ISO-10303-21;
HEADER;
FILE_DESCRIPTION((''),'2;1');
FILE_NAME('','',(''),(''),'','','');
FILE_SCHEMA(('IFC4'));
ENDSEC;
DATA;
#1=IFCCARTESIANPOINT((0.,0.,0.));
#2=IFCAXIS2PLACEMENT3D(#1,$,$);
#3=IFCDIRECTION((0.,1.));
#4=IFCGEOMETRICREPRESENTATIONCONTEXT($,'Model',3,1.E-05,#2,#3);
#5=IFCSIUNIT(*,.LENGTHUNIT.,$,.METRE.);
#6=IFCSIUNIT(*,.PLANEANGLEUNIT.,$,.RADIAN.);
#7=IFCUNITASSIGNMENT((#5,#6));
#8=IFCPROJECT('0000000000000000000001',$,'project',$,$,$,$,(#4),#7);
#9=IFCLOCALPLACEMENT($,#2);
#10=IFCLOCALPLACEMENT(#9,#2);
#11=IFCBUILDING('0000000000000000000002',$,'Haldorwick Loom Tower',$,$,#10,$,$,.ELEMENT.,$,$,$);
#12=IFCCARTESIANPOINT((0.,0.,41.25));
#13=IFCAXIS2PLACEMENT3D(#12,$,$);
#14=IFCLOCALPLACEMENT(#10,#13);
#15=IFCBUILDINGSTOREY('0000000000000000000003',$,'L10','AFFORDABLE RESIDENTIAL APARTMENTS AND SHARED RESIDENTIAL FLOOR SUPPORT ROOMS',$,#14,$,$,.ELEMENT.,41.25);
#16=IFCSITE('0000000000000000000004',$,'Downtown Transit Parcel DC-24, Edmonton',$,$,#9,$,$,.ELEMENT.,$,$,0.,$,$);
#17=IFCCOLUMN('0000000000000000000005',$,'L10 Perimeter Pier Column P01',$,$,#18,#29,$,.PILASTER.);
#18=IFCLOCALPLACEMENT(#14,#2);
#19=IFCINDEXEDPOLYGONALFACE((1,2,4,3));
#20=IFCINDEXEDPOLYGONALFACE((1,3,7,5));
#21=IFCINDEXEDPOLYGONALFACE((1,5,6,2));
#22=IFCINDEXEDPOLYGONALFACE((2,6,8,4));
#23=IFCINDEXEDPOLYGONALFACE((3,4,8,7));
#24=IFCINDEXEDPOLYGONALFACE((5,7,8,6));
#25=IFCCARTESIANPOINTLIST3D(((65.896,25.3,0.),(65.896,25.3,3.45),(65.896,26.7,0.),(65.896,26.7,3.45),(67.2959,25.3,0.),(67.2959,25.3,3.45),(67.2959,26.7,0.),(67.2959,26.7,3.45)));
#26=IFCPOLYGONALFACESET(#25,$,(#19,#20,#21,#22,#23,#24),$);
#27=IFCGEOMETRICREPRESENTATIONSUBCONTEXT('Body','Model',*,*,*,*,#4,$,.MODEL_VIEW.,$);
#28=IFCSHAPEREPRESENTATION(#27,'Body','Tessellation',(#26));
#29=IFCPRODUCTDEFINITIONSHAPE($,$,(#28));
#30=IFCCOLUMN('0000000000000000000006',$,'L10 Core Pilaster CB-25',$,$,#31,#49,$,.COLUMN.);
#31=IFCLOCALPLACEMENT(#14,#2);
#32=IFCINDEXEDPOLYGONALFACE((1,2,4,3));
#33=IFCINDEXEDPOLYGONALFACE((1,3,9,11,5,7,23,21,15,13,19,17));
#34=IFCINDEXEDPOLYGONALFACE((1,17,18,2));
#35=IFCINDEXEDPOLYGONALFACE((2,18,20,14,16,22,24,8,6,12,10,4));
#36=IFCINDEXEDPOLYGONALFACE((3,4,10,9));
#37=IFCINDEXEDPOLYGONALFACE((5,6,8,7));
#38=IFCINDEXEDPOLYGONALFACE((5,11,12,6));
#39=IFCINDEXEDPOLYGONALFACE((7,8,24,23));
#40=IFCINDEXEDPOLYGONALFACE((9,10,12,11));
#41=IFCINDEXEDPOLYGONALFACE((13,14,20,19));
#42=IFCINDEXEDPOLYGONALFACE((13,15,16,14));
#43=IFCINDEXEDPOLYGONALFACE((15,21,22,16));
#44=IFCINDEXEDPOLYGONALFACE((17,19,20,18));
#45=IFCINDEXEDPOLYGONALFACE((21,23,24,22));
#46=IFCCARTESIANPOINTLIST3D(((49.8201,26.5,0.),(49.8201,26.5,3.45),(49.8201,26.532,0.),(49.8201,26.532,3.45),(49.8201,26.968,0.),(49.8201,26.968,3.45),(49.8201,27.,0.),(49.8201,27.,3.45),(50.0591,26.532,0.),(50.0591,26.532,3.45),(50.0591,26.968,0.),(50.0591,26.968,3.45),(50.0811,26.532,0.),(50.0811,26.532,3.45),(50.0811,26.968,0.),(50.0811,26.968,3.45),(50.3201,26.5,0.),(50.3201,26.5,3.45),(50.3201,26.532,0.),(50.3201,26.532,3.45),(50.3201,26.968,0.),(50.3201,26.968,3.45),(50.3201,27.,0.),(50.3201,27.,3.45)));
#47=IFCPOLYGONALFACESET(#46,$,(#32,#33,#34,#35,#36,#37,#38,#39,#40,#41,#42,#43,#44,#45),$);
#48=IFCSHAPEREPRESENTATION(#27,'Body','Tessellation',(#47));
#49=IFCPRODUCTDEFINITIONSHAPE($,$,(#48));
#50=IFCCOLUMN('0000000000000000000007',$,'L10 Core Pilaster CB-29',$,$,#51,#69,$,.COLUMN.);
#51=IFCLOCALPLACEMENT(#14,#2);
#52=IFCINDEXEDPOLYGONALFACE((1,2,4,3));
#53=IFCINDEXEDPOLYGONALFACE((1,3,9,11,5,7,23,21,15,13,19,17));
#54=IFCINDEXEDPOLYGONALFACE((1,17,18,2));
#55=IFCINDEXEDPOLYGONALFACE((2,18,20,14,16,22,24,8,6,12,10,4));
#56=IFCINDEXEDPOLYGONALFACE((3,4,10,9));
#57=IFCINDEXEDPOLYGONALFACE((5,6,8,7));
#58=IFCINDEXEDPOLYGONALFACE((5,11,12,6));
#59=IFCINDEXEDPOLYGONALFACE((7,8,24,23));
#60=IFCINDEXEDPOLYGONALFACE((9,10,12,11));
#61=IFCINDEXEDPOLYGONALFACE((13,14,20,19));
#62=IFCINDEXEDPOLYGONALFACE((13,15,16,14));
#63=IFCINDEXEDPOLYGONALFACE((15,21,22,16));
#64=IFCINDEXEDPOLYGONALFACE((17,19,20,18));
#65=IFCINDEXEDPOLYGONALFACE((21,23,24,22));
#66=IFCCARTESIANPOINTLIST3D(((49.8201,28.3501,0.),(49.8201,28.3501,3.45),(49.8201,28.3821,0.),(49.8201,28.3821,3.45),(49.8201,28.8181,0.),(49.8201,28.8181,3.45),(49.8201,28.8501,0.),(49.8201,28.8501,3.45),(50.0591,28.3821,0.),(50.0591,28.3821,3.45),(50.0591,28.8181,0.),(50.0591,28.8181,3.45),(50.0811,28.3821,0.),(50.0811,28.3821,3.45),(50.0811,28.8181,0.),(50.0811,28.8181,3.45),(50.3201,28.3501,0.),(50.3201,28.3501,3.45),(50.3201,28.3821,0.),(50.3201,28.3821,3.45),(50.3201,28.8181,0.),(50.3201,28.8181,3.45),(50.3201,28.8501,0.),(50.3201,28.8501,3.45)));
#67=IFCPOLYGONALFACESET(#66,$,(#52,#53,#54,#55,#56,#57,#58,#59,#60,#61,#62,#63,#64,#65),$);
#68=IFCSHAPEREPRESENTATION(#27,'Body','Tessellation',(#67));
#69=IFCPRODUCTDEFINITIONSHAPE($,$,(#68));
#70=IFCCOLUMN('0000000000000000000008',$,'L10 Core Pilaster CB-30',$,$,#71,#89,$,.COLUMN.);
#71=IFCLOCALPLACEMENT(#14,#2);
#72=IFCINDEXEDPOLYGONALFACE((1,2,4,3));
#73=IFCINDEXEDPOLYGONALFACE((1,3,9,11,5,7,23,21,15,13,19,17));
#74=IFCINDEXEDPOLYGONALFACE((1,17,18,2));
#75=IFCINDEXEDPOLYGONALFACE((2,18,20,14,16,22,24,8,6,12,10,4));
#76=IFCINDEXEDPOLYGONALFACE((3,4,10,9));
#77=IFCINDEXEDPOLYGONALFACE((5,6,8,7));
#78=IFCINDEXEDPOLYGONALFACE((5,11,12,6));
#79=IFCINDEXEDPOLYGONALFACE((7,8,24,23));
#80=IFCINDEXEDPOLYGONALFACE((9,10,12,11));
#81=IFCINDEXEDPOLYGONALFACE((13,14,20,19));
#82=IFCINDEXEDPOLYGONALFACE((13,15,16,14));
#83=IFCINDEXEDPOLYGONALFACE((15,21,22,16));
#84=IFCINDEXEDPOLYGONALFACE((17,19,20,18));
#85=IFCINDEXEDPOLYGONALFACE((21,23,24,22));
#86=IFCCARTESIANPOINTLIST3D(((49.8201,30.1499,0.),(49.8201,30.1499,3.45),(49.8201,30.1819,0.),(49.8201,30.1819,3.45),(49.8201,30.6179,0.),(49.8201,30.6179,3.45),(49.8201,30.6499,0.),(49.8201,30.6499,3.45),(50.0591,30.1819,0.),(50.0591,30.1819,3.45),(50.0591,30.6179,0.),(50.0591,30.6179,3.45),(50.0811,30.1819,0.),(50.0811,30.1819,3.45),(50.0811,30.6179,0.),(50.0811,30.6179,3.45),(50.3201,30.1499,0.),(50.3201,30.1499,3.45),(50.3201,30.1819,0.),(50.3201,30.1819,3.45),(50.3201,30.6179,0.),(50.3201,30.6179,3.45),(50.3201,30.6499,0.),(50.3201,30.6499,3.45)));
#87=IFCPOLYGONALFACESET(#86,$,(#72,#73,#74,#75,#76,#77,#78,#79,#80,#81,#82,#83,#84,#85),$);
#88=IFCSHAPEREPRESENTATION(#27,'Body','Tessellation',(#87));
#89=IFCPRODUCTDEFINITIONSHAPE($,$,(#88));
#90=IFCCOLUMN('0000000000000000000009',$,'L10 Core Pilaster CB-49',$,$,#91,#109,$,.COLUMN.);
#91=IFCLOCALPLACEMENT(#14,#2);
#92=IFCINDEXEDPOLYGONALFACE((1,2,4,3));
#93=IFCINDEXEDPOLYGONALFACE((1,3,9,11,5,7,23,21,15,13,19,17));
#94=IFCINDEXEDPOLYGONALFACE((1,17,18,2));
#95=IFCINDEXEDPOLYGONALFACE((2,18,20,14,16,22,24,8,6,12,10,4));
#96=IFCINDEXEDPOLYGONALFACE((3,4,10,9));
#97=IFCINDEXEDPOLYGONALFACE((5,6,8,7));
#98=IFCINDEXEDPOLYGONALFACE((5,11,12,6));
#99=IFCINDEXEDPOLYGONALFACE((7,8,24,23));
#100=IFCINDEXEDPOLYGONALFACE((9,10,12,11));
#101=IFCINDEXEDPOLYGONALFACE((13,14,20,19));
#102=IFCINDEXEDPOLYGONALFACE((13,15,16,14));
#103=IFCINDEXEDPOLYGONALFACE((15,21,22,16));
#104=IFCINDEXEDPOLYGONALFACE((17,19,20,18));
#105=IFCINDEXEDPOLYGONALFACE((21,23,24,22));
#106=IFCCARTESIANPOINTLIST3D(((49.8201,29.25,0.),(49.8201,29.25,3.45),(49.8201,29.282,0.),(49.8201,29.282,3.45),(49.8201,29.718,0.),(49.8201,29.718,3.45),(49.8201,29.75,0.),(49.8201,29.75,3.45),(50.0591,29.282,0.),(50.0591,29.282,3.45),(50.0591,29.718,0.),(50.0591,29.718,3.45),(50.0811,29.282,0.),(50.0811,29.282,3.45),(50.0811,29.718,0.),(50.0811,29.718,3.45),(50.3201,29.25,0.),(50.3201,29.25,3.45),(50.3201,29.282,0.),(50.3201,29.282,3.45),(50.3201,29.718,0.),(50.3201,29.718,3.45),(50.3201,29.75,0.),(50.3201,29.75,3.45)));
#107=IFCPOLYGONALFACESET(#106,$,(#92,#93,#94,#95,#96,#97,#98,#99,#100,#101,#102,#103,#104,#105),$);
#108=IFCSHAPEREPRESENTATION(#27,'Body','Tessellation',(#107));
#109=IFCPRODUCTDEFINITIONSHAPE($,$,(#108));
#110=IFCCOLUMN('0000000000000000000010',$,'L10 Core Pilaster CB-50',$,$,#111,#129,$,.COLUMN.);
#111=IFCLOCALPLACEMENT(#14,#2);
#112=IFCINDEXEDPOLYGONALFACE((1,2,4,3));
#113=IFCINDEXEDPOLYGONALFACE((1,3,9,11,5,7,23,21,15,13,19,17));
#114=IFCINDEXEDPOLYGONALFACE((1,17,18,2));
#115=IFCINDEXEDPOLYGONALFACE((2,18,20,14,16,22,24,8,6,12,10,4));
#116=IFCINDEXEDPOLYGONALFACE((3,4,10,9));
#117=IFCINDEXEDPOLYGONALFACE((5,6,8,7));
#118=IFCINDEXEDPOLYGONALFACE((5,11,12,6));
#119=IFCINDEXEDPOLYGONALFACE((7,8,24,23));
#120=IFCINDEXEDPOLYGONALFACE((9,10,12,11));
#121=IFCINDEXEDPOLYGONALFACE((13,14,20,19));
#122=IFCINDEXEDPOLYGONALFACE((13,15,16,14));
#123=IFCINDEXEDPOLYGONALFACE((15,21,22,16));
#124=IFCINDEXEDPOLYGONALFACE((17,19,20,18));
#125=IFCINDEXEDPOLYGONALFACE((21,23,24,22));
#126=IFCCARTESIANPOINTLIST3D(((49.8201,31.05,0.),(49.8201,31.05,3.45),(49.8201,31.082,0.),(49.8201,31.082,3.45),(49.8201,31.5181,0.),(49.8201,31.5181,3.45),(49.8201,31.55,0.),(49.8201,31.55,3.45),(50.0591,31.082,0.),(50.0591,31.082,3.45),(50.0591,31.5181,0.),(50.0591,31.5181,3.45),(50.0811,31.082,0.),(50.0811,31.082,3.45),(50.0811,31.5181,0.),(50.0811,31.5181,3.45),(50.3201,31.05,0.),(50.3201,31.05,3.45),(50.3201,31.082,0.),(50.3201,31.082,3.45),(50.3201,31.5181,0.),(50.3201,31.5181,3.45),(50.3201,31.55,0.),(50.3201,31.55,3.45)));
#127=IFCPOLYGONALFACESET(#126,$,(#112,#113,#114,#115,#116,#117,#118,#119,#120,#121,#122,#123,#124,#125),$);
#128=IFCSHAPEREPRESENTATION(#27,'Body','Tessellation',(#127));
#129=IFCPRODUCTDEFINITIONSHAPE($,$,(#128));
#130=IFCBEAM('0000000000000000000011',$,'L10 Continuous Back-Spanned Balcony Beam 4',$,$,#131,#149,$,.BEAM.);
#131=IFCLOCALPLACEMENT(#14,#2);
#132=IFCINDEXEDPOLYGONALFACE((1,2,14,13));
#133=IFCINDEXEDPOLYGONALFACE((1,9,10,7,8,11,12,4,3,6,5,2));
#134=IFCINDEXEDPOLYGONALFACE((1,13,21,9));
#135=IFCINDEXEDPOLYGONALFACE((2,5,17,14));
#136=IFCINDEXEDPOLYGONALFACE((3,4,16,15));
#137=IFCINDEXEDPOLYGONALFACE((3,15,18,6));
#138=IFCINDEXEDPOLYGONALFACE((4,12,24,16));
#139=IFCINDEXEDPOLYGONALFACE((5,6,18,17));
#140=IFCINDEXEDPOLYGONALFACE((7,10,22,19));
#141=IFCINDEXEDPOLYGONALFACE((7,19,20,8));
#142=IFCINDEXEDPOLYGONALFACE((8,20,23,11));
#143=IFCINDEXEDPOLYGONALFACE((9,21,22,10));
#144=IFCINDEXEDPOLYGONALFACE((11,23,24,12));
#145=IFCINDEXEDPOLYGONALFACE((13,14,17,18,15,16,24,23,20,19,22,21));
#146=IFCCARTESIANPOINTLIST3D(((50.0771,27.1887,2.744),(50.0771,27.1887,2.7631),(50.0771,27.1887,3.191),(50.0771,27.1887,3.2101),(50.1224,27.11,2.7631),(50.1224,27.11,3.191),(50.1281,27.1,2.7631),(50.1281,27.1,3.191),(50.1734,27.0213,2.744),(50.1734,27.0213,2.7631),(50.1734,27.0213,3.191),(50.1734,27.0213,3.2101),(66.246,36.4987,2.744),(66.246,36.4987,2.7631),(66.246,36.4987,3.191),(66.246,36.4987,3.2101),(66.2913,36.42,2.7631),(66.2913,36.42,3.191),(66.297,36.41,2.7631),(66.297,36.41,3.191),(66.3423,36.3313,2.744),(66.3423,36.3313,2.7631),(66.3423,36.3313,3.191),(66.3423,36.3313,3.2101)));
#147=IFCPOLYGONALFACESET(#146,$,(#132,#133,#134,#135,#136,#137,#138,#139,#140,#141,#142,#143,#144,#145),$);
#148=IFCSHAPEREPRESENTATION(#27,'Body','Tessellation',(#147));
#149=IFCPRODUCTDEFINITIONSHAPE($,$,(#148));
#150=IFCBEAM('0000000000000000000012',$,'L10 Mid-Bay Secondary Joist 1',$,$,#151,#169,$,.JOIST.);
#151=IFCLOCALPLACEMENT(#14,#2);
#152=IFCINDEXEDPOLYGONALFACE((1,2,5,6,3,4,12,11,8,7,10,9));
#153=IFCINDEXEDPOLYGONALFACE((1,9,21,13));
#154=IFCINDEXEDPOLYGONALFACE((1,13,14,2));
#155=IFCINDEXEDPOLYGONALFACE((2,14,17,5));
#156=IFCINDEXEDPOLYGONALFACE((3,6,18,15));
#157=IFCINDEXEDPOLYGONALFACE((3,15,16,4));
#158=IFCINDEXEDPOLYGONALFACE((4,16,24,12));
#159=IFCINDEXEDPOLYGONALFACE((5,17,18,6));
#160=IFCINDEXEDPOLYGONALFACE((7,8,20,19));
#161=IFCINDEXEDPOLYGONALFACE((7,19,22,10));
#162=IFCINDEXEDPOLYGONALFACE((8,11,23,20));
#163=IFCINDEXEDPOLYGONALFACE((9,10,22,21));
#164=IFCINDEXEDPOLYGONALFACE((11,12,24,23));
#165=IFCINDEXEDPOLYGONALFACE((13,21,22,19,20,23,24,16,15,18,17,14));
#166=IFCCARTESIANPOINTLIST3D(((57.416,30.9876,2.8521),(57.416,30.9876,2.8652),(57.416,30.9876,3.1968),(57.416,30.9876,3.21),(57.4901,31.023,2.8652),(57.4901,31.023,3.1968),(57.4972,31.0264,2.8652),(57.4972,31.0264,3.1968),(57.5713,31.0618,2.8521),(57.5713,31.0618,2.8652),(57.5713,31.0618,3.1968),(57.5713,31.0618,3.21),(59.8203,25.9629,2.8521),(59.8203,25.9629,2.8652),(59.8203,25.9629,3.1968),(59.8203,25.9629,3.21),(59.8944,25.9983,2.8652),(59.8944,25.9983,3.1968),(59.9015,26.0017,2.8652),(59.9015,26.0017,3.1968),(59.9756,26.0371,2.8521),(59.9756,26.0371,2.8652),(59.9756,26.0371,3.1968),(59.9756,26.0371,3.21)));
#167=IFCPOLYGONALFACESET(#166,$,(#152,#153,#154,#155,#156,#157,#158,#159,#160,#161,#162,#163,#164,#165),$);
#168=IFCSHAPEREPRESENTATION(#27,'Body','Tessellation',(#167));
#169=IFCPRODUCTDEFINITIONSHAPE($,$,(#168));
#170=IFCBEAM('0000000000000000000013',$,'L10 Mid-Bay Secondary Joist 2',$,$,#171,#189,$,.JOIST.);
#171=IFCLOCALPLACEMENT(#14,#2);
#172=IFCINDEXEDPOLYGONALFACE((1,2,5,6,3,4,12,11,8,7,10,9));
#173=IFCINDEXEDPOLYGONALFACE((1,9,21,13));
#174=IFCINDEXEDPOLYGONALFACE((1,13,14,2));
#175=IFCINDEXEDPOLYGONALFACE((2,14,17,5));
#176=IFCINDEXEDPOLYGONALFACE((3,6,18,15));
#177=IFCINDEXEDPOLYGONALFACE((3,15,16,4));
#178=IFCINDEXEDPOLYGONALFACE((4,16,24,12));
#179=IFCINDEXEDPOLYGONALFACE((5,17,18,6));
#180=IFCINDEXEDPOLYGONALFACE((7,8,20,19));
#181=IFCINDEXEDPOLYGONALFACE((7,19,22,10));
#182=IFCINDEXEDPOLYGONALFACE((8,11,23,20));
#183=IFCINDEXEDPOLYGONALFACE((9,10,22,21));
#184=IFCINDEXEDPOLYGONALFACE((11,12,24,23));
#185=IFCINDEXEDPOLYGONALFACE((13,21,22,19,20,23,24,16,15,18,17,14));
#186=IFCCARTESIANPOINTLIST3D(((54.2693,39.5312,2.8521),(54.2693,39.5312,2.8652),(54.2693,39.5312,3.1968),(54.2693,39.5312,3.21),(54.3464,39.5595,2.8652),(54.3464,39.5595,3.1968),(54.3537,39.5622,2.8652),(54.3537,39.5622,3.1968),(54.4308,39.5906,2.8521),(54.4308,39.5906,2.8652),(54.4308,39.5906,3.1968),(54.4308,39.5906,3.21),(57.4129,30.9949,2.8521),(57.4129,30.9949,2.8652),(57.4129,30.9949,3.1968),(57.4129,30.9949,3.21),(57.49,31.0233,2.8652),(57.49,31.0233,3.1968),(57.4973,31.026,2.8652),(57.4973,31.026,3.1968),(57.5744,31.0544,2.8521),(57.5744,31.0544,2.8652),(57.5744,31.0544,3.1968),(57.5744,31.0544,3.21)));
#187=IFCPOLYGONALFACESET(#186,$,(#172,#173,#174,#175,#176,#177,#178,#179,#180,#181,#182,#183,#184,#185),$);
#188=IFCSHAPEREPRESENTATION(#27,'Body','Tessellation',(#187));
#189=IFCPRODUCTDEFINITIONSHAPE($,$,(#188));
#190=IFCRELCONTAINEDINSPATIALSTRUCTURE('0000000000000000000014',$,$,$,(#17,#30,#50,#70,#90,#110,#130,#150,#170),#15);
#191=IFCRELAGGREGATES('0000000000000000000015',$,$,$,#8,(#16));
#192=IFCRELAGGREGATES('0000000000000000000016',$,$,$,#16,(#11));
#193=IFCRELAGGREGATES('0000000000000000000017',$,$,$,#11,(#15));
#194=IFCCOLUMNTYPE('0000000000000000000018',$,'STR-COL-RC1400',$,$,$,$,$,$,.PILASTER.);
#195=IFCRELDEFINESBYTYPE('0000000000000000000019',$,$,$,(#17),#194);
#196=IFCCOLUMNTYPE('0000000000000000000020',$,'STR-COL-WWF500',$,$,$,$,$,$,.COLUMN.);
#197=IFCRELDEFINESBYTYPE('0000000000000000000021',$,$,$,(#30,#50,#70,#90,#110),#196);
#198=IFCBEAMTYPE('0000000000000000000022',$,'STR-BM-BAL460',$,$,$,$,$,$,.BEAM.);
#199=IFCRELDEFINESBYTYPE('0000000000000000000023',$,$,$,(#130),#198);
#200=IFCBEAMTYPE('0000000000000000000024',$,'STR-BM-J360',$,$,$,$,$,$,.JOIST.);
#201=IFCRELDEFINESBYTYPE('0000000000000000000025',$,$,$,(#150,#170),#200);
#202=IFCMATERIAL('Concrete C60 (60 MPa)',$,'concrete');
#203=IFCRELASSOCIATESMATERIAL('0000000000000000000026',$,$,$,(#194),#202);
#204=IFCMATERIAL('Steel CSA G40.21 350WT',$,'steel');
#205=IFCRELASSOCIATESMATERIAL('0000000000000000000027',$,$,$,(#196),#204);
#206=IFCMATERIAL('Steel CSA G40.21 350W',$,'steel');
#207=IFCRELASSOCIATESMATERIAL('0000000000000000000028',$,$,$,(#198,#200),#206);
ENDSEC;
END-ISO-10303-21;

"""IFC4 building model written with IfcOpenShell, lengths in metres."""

from ifc_helpers import new_model, si_unit, direction, frame, origin, origin_2d, place, context, subcontext, project, spatial, rectangle, i_section, extrude, material, material_profile, profile_set, type_object, element, save


model = new_model("IFC4")

# Units and contexts
model_context = context("Model", 3, precision=1e-05, world=origin(), true_north=direction((0.0, 1.0)))
body_context = subcontext(model_context, "Body", "Model", "MODEL_VIEW")
ifc_project = project(units=[si_unit("LENGTHUNIT", "METRE"), si_unit("PLANEANGLEUNIT", "RADIAN")], contexts=[model_context])

# Site, building, storey
site_placement = place(None, origin())
site = spatial("IfcSite", under=ifc_project, at=site_placement, Name="Downtown Transit Parcel DC-24, Edmonton", CompositionType="ELEMENT", RefElevation=0.0)
building_placement = place(site_placement, origin())
building = spatial("IfcBuilding", under=site, at=building_placement, Name="Haldorwick Loom Tower", CompositionType="ELEMENT")
storey_placement = place(building_placement, frame((0.0, 0.0, 41.25)))
storey = spatial("IfcBuildingStorey", under=building, at=storey_placement, Name="L10", Description="AFFORDABLE RESIDENTIAL APARTMENTS AND SHARED RESIDENTIAL FLOOR SUPPORT ROOMS", CompositionType="ELEMENT", Elevation=41.25)

# Columns
ifc_material_1 = material(Name="Concrete C60 (60 MPa)", Category="concrete")
ifc_material_profile_1 = material_profile(ifc_material_1, rectangle(XDim=1.3999, YDim=1.3999, at=origin_2d()), Name="RC1400X1400", Category="concrete")
ifc_profile_set_1 = profile_set([ifc_material_profile_1], Name="Concrete C60 (60 MPa)")
column_type_1 = type_object("IfcColumnType", Name="STR-COL-RC1400", PredefinedType="PILASTER", material=ifc_profile_set_1)
column_placement = place(storey_placement, frame((66.5959, 26.0, 0.0), z_axis=(0.0, 0.0, 1.0), x_axis=(1.0, 0.0, 0.0)))
element("IfcColumn", 1, at=column_placement, inside=storey, type_object=column_type_1, Name="L10 Perimeter Pier Column P01", PredefinedType="PILASTER", context=body_context, shape_type="SweptSolid", body=[
    extrude(rectangle(XDim=1.3999, YDim=1.3999, at=origin_2d()), origin(), (0.0, 0.0, 1.0), 3.45),
])
ifc_material_2 = material(Name="Steel CSA G40.21 350WT", Category="steel")
ifc_material_profile_2 = material_profile(ifc_material_2, i_section(OverallWidth=0.5, OverallDepth=0.5, WebThickness=0.022, FlangeThickness=0.032, at=origin_2d()), Name="WWF500X500", Category="steel")
ifc_profile_set_2 = profile_set([ifc_material_profile_2], Name="Steel CSA G40.21 350WT")
column_type_2 = type_object("IfcColumnType", Name="STR-COL-WWF500", PredefinedType="COLUMN", material=ifc_profile_set_2)
for number, where, z_axis, x_axis, name in (
    (2, (50.0701, 26.75, 0.0), (0.0, 0.0, 1.0), (1.0, 0.0, 0.0), "L10 Core Pilaster CB-25"),
    (3, (50.0701, 28.6001, 0.0), (0.0, 0.0, 1.0), (1.0, 0.0, 0.0), "L10 Core Pilaster CB-29"),
    (4, (50.0701, 30.3999, 0.0), (0.0, 0.0, 1.0), (1.0, 0.0, 0.0), "L10 Core Pilaster CB-30"),
    (5, (50.0701, 29.5, 0.0), (0.0, 0.0, 1.0), (1.0, 0.0, 0.0), "L10 Core Pilaster CB-49"),
    (6, (50.0701, 31.3, 0.0), (0.0, 0.0, 1.0), (1.0, 0.0, 0.0), "L10 Core Pilaster CB-50"),
):
    element("IfcColumn", number, at=place(storey_placement, frame(where, z_axis=z_axis, x_axis=x_axis)), inside=storey, type_object=column_type_2, Name=name, PredefinedType="COLUMN", context=body_context, shape_type="SweptSolid", body=[
        extrude(i_section(OverallWidth=0.5, OverallDepth=0.5, WebThickness=0.022, FlangeThickness=0.032, at=origin_2d()), origin(), (0.0, 0.0, 1.0), 3.45),
    ])

# Beams
ifc_material_3 = material(Name="Steel CSA G40.21 350W", Category="steel")
ifc_material_profile_3 = material_profile(ifc_material_3, i_section(OverallWidth=0.1931, OverallDepth=0.4661, WebThickness=0.0115, FlangeThickness=0.019, at=origin_2d()), Name="W460X97", Category="steel")
ifc_profile_set_3 = profile_set([ifc_material_profile_3], Name="Steel CSA G40.21 350W")
beam_type_1 = type_object("IfcBeamType", Name="STR-BM-BAL460", PredefinedType="BEAM", material=ifc_profile_set_3)
beam_1_placement = place(storey_placement, frame((50.1252, 27.105, 2.9771), z_axis=(0.866607, 0.498991, 0.0), x_axis=(-0.498991, 0.866607, 0.0)))
element("IfcBeam", 7, at=beam_1_placement, inside=storey, type_object=beam_type_1, Name="L10 Continuous Back-Spanned Balcony Beam 4", PredefinedType="BEAM", context=body_context, shape_type="SweptSolid", body=[
    extrude(i_section(OverallWidth=0.1931, OverallDepth=0.4661, WebThickness=0.0115, FlangeThickness=0.019, at=origin_2d()), origin(), (0.0, 0.0, 1.0), 18.6577),
])
ifc_material_profile_4 = material_profile(ifc_material_3, i_section(OverallWidth=0.1721, OverallDepth=0.3579, WebThickness=0.0078, FlangeThickness=0.0132, at=origin_2d()), Name="W360X57", Category="steel")
ifc_profile_set_4 = profile_set([ifc_material_profile_4], Name="Steel CSA G40.21 350W")
beam_type_2 = type_object("IfcBeamType", Name="STR-BM-J360", PredefinedType="JOIST", material=ifc_profile_set_4)
beam_2_placement = place(storey_placement, frame((59.8979, 26.0, 3.031), z_axis=(-0.431631, 0.90205, 0.0), x_axis=(-0.90205, -0.431631, 0.0)))
element("IfcBeam", 8, at=beam_2_placement, inside=storey, type_object=beam_type_2, Name="L10 Mid-Bay Secondary Joist 1", PredefinedType="JOIST", context=body_context, shape_type="SweptSolid", body=[
    extrude(i_section(OverallWidth=0.1721, OverallDepth=0.3579, WebThickness=0.0078, FlangeThickness=0.0132, at=origin_2d()), origin(), (0.0, 0.0, 1.0), 5.5703),
])
beam_3_placement = place(storey_placement, frame((57.4937, 31.0247, 3.031), z_axis=(-0.345576, 0.938391, 0.0), x_axis=(-0.938391, -0.345576, 0.0)))
element("IfcBeam", 9, at=beam_3_placement, inside=storey, type_object=beam_type_2, Name="L10 Mid-Bay Secondary Joist 2", PredefinedType="JOIST", context=body_context, shape_type="SweptSolid", body=[
    extrude(i_section(OverallWidth=0.1721, OverallDepth=0.3579, WebThickness=0.0078, FlangeThickness=0.0132, at=origin_2d()), origin(), (0.0, 0.0, 1.0), 9.0967),
])

save(model, "model.ifc")
